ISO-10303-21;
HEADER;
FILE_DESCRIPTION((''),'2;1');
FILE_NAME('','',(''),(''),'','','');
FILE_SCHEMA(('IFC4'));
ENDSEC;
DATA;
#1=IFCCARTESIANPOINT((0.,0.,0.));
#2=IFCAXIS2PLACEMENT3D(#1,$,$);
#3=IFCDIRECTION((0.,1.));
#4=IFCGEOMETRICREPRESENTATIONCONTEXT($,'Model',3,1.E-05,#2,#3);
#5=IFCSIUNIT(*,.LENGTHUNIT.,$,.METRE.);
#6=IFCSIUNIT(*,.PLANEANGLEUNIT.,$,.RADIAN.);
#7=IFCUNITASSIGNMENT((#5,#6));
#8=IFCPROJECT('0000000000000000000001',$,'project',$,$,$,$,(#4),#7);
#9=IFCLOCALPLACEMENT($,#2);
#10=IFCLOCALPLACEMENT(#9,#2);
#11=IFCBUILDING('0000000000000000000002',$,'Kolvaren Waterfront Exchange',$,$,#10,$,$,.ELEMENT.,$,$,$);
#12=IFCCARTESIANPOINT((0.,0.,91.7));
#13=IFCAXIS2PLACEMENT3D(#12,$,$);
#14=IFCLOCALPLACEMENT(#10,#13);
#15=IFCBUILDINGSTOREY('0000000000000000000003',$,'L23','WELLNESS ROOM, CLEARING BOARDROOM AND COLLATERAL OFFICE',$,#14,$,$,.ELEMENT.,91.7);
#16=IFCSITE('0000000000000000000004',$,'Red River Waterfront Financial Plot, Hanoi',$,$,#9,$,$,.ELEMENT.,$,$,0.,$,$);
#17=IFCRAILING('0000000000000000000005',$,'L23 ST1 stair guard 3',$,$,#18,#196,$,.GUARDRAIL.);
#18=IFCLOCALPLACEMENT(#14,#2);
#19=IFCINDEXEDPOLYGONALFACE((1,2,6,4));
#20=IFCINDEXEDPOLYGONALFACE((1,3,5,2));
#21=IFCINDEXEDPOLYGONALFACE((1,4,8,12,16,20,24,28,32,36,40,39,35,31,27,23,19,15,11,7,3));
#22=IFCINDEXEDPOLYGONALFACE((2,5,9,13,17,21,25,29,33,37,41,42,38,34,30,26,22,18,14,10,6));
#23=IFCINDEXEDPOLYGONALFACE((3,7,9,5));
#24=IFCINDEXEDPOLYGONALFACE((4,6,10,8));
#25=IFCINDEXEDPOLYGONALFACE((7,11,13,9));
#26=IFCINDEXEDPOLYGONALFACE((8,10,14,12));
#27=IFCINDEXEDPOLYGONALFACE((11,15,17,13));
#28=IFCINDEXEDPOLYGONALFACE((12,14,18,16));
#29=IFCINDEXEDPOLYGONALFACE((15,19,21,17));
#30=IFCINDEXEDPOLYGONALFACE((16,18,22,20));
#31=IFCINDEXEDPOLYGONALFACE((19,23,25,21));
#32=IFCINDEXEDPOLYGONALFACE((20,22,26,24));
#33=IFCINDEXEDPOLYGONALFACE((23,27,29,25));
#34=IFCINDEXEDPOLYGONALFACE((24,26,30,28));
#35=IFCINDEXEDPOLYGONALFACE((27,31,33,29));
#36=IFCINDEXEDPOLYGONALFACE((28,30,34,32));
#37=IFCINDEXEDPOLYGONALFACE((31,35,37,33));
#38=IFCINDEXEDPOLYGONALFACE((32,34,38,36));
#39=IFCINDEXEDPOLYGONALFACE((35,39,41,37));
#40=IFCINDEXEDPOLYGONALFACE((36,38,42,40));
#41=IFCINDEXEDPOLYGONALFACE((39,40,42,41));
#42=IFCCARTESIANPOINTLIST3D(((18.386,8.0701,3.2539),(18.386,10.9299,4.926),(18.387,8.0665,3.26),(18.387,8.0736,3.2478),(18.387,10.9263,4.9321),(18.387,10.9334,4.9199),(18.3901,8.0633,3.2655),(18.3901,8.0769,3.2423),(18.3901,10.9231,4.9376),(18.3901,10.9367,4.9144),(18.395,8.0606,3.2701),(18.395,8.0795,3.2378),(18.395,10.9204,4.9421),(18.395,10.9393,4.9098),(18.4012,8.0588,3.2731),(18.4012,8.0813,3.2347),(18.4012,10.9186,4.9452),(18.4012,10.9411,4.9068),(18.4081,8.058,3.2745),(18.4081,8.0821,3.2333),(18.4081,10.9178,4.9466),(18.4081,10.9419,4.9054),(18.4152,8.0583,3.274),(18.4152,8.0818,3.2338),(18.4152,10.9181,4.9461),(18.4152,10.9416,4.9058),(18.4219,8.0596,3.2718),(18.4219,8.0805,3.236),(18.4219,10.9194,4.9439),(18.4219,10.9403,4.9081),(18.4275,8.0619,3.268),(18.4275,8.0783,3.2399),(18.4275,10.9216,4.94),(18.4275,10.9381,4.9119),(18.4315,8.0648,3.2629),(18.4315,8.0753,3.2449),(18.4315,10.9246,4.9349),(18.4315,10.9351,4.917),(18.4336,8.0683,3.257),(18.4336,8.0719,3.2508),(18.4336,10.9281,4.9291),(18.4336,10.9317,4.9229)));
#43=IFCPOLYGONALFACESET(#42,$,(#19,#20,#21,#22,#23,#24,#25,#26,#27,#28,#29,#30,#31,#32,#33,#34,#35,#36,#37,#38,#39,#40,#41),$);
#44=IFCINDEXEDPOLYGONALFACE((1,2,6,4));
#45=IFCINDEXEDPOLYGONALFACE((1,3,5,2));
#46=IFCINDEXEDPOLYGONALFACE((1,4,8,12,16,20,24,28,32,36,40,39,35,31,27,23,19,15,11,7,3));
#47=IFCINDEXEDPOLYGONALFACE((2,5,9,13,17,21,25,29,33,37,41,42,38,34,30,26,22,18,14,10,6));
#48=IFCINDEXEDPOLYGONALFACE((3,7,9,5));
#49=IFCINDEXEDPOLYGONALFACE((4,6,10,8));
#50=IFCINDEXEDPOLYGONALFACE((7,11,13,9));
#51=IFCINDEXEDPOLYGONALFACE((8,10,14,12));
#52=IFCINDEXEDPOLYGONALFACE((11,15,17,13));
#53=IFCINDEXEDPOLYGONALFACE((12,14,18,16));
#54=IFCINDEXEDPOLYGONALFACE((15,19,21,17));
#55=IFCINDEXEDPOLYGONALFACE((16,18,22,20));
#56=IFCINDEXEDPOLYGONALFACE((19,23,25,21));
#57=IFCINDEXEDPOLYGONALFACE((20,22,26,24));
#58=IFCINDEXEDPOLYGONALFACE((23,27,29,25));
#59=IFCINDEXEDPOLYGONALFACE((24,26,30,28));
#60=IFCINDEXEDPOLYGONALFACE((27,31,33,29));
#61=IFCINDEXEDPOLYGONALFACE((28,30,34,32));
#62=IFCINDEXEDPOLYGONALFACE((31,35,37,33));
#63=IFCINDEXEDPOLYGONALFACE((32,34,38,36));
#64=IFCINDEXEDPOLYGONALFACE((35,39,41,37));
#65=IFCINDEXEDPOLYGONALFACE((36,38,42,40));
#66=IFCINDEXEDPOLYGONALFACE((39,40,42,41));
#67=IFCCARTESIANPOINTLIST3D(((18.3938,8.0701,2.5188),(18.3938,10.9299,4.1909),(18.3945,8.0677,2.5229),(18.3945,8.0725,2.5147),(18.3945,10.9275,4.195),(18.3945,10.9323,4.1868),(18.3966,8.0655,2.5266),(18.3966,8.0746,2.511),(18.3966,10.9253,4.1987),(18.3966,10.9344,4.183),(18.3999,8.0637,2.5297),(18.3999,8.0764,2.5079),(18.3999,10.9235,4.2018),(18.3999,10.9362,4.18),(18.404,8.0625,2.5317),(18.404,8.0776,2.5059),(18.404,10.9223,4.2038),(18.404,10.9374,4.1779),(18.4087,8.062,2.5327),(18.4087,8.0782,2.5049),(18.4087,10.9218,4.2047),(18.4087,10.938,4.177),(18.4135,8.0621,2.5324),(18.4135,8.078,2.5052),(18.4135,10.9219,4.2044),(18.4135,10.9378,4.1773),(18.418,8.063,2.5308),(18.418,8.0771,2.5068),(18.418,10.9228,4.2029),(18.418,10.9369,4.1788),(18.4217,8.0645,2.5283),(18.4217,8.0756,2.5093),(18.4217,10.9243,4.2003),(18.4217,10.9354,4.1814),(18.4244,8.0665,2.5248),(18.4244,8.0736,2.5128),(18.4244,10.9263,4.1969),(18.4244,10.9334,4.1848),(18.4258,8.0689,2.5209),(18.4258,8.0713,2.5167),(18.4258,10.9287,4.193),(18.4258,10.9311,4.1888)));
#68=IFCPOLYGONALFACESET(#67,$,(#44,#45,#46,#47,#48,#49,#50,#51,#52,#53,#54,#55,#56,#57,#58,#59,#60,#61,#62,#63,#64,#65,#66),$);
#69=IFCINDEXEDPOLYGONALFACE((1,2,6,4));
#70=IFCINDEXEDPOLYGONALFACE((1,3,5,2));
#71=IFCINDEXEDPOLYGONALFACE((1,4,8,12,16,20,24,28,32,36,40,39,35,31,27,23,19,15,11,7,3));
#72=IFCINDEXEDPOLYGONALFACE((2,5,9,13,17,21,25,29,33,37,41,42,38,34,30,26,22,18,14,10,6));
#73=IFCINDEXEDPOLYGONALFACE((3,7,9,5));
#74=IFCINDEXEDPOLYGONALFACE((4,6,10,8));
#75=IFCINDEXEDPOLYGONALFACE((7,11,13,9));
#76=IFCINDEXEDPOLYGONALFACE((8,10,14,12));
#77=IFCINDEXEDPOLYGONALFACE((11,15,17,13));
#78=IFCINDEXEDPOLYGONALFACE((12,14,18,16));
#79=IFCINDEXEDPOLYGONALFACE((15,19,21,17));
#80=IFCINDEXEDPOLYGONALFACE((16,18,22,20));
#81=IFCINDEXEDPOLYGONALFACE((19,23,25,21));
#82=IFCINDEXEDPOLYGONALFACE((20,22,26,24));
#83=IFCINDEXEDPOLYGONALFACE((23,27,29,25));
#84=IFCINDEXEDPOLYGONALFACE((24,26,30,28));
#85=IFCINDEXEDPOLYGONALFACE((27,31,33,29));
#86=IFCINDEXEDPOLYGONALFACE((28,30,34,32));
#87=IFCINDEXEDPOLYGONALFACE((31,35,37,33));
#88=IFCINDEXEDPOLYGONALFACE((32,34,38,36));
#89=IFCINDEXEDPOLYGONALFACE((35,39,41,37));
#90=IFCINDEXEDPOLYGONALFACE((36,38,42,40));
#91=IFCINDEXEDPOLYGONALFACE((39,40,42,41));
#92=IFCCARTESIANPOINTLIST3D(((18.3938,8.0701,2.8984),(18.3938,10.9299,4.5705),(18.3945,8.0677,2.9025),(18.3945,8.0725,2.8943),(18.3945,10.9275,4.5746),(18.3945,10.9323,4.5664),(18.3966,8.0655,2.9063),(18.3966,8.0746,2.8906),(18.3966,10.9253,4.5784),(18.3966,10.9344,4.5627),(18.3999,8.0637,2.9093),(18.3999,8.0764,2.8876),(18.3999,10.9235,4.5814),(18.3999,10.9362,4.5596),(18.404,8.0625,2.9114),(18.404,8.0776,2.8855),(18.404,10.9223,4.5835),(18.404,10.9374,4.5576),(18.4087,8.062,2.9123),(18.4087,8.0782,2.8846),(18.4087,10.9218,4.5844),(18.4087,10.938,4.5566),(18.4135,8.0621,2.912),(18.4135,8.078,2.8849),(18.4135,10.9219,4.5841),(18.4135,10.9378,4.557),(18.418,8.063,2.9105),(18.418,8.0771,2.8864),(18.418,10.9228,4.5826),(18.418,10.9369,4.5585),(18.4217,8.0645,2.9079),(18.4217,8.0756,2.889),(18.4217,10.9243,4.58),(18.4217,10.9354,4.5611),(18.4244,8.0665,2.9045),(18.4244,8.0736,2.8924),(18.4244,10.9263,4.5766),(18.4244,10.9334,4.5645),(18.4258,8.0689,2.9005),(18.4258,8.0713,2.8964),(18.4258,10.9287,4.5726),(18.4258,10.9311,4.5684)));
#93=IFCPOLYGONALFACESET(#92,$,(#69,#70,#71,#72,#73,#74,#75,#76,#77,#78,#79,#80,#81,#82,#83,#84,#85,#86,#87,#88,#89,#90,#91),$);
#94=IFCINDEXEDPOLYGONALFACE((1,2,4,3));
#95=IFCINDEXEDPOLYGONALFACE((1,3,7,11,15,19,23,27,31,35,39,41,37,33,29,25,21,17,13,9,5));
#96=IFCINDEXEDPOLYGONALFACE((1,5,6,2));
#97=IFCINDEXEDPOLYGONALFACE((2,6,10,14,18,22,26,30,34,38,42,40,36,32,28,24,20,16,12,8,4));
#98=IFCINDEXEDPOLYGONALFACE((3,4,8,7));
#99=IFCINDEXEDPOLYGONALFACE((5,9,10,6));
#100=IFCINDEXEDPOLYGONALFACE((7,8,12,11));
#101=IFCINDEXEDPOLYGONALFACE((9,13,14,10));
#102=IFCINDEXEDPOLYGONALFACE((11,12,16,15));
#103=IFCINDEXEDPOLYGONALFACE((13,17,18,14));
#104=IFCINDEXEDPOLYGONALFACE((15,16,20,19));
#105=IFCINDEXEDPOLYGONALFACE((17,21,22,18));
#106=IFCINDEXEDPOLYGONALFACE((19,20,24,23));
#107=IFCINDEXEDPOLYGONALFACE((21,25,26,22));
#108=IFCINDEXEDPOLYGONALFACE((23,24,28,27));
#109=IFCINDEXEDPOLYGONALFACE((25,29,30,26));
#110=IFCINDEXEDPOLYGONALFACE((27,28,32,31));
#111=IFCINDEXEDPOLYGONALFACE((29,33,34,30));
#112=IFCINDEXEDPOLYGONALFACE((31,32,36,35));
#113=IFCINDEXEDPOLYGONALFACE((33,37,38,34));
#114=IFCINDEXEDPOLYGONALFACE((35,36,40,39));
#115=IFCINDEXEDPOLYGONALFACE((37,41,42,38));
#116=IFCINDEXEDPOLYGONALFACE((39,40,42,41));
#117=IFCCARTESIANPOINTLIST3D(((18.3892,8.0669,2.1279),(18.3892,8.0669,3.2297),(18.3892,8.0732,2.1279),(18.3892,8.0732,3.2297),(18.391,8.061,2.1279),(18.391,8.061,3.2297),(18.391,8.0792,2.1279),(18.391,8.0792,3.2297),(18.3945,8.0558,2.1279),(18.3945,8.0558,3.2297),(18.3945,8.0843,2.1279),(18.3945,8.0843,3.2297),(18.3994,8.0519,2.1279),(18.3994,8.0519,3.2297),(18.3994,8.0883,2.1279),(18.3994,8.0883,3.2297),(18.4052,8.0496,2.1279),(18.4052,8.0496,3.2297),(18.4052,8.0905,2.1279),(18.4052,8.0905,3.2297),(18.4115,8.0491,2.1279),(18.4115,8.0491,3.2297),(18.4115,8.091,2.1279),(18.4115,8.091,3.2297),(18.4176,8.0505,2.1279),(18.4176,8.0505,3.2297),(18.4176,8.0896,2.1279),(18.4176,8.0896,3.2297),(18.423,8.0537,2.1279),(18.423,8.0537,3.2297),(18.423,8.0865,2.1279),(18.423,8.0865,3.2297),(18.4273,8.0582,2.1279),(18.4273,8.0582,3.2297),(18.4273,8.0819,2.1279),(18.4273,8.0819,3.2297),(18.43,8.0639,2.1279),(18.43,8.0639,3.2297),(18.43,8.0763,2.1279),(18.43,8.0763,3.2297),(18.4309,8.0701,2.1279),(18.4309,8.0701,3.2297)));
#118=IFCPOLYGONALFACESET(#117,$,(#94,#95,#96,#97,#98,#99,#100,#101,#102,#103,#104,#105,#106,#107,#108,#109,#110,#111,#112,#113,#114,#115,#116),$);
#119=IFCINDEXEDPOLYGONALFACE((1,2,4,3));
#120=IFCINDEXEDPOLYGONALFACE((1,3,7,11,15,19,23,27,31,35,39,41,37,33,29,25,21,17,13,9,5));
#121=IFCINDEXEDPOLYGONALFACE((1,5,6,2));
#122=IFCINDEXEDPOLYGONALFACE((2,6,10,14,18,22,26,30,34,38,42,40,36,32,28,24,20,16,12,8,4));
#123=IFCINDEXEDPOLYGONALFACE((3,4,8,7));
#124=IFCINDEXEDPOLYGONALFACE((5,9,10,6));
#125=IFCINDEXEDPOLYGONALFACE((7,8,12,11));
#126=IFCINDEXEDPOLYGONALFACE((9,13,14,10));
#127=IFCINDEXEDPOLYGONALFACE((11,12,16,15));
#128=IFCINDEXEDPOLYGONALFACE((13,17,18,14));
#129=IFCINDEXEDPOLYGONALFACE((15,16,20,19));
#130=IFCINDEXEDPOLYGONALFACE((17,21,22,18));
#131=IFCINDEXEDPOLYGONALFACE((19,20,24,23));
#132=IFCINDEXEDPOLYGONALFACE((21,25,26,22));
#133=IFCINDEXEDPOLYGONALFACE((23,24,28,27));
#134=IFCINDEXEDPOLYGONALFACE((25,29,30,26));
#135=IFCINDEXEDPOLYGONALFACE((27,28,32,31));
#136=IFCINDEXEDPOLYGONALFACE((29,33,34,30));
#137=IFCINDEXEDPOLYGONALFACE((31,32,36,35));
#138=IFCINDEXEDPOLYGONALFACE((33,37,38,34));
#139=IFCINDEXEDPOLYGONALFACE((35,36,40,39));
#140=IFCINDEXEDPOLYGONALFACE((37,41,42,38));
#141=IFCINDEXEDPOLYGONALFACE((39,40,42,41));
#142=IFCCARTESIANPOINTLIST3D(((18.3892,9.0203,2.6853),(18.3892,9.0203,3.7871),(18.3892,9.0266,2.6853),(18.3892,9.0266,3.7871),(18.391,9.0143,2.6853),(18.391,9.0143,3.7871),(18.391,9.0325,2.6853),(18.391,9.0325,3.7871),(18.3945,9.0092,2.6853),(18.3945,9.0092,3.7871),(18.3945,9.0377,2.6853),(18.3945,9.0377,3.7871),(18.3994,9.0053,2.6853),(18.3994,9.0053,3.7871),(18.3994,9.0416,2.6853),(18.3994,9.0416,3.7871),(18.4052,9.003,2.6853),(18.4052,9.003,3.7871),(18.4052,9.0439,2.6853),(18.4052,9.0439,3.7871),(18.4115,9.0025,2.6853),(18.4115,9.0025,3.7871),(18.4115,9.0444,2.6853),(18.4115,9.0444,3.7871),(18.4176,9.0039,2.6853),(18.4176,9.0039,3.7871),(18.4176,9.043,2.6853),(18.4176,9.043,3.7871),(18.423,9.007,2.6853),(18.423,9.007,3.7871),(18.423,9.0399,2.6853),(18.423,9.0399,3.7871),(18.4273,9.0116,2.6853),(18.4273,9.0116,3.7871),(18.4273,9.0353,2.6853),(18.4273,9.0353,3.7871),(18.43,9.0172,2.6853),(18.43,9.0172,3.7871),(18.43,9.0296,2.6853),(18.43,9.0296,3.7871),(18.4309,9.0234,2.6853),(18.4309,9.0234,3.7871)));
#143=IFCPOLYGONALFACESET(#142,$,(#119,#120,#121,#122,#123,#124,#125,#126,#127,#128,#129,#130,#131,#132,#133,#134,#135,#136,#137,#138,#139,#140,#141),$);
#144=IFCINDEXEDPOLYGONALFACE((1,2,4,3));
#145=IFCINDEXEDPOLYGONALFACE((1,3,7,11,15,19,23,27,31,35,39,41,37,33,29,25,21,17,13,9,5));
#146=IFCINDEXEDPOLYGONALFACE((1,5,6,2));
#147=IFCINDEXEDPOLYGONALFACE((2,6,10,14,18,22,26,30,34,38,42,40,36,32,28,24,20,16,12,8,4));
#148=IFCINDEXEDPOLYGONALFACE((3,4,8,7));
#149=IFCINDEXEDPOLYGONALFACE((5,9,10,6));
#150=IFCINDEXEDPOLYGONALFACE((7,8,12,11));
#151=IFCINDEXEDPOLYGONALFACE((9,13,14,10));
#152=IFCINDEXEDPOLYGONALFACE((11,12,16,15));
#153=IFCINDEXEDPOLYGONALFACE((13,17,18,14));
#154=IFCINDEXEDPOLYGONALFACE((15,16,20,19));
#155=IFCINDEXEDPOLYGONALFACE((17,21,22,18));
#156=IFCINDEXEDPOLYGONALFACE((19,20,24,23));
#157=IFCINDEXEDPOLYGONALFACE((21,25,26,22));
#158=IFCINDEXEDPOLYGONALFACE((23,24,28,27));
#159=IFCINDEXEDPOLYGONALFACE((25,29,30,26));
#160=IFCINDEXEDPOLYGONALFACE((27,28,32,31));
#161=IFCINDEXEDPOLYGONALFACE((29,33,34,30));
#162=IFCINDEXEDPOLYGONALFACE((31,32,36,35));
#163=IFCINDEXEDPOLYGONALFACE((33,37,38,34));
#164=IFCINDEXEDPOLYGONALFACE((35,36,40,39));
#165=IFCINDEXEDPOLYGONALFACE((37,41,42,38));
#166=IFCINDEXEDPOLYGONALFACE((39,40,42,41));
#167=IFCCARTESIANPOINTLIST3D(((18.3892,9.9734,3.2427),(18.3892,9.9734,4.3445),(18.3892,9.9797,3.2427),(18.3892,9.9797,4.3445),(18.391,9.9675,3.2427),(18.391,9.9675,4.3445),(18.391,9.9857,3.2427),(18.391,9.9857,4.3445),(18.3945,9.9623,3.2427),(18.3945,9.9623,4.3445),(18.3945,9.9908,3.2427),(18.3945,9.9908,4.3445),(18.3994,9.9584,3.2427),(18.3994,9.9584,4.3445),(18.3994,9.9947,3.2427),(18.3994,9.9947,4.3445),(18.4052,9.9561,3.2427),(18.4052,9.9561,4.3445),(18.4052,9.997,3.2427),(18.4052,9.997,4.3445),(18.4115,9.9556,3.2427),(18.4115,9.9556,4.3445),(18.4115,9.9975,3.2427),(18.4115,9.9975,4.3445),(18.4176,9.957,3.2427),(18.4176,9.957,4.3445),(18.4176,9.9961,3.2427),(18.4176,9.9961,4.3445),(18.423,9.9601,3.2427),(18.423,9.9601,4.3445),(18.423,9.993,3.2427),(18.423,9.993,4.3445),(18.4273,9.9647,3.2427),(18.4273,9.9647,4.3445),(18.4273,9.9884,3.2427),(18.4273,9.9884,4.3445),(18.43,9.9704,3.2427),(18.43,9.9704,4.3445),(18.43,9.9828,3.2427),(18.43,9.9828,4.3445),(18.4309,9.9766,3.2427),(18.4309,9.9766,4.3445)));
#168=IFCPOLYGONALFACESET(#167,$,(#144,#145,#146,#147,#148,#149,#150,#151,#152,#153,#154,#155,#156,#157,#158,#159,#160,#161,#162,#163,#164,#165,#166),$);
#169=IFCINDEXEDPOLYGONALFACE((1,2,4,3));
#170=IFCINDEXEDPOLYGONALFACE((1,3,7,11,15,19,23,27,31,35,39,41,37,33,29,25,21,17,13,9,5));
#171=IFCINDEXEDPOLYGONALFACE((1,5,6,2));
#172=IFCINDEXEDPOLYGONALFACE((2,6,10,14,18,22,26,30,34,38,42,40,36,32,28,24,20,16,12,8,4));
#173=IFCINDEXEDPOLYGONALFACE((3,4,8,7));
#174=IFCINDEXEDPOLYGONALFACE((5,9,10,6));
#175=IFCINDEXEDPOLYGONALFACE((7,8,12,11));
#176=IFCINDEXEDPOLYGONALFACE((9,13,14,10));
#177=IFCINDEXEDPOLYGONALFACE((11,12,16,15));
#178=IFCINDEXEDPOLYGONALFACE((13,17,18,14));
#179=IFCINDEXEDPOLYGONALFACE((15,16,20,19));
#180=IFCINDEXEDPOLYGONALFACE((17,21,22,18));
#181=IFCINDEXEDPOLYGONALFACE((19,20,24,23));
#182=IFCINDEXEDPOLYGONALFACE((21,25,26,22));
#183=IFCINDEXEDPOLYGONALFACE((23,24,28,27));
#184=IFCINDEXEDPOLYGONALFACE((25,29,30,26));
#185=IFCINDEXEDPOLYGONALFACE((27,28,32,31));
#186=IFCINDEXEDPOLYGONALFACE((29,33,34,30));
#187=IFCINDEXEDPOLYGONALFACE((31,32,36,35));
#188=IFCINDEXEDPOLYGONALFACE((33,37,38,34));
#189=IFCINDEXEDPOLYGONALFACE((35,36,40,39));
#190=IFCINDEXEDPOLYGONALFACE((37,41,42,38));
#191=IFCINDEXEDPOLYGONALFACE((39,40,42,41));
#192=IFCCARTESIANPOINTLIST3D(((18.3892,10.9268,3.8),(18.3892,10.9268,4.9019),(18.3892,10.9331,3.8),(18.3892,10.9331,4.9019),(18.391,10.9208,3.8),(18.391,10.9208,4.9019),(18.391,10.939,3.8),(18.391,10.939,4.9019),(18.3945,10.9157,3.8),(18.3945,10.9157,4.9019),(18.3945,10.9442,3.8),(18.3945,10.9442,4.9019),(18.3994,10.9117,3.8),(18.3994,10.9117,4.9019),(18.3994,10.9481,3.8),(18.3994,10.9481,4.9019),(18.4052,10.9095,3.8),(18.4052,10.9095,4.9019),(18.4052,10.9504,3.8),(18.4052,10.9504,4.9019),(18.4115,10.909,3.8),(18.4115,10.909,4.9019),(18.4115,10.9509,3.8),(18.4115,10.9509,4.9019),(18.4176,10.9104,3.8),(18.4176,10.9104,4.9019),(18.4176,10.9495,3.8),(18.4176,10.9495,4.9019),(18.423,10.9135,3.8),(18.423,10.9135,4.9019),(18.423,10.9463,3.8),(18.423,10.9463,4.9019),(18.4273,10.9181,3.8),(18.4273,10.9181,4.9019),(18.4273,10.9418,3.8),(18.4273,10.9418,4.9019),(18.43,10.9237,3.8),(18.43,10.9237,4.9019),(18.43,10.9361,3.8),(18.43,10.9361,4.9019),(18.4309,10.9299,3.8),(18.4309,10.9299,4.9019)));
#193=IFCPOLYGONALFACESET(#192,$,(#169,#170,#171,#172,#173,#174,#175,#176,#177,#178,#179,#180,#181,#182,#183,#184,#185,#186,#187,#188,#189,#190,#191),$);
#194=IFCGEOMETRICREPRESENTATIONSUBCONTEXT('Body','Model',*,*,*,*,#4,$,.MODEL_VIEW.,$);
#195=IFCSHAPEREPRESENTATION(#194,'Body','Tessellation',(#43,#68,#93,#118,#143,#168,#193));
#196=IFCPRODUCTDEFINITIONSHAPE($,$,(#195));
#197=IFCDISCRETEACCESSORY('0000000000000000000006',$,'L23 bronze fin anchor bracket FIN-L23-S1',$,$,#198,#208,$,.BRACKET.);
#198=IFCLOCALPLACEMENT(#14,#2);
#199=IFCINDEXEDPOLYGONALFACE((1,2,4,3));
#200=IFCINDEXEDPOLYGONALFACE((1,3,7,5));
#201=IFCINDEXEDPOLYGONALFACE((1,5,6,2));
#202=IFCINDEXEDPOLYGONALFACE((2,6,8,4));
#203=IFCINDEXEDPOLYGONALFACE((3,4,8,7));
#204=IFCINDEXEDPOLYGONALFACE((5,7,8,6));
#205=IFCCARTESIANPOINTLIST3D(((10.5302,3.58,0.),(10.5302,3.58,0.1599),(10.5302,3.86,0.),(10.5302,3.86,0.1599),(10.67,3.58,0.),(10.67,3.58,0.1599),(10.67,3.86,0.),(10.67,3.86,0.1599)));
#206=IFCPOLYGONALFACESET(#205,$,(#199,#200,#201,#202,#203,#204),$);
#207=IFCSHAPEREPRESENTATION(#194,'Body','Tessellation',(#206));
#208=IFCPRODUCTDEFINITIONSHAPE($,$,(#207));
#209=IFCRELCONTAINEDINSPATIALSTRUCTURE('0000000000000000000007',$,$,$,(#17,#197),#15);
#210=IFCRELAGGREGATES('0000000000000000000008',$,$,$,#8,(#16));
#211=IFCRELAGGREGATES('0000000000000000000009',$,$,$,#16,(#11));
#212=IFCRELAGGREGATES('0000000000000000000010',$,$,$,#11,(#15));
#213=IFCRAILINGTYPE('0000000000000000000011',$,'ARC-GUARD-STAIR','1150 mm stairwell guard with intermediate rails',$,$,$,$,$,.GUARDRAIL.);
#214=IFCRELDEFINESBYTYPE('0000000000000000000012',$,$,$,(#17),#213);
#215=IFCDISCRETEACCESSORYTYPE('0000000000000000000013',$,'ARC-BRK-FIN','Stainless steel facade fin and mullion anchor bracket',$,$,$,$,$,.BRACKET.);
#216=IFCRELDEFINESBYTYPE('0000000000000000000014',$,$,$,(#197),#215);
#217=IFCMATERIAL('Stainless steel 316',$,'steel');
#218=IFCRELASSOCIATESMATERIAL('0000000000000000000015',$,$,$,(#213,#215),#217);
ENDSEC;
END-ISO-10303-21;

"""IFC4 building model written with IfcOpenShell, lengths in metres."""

from ifc_helpers import new_model, si_unit, direction, frame, origin, origin_with_axes, origin_2d, place, context, subcontext, project, spatial, rectangle, circle, extrude, source, transform, mapped, material, type_object, element, save


model = new_model("IFC4")

# Units and contexts
model_context = context("Model", 3, precision=1e-05, world=origin(), true_north=direction((0.0, 1.0)))
body_context = subcontext(model_context, "Body", "Model", "MODEL_VIEW")
ifc_project = project(units=[si_unit("LENGTHUNIT", "METRE"), si_unit("PLANEANGLEUNIT", "RADIAN")], contexts=[model_context])

# Site, building, storey
site_placement = place(None, origin())
site = spatial("IfcSite", under=ifc_project, at=site_placement, Name="Red River Waterfront Financial Plot, Hanoi", CompositionType="ELEMENT", RefElevation=0.0)
building_placement = place(site_placement, origin())
building = spatial("IfcBuilding", under=site, at=building_placement, Name="Kolvaren Waterfront Exchange", CompositionType="ELEMENT")
storey_placement = place(building_placement, frame((0.0, 0.0, 91.7)))
storey = spatial("IfcBuildingStorey", under=building, at=storey_placement, Name="L23", Description="WELLNESS ROOM, CLEARING BOARDROOM AND COLLATERAL OFFICE", CompositionType="ELEMENT", Elevation=91.7)

# Railing
ifc_material_1 = material(Name="Stainless steel 316", Category="steel")
railing_type = type_object("IfcRailingType", Name="ARC-GUARD-STAIR", Description="1150 mm stairwell guard with intermediate rails", PredefinedType="GUARDRAIL", material=ifc_material_1)
railing_1_placement = place(storey_placement, frame((18.4099, 8.0701, 2.1279)))
element("IfcRailing", 1, at=railing_1_placement, inside=storey, type_object=railing_type, Name="L23 ST1 stair guard 3", PredefinedType="GUARDRAIL", context=body_context, shape_type="SweptSolid", body=[
    extrude(circle(Radius=0.0239, at=origin_2d()), frame((0.0, 0.0, 1.126), z_axis=(0.0, 0.863271, 0.504741), x_axis=(-1.0, 0.0, 0.0)), (0.0, 0.0, 1.0), 3.3127),
    extrude(circle(Radius=0.0161, at=origin_2d()), frame((0.0, 0.0, 0.3909), z_axis=(0.0, 0.863271, 0.504741), x_axis=(-1.0, 0.0, 0.0)), (0.0, 0.0, 1.0), 3.3127),
    extrude(circle(Radius=0.0161, at=origin_2d()), frame((0.0, 0.0, 0.7705), z_axis=(0.0, 0.863271, 0.504741), x_axis=(-1.0, 0.0, 0.0)), (0.0, 0.0, 1.0), 3.3127),
    extrude(circle(Radius=0.021, at=origin_2d()), origin(), (0.0, 0.0, 1.0), 1.1018),
    extrude(circle(Radius=0.021, at=origin_2d()), frame((0.0, 0.9534, 0.5574)), (0.0, 0.0, 1.0), 1.1018),
    extrude(circle(Radius=0.021, at=origin_2d()), frame((0.0, 1.9065, 1.1147)), (0.0, 0.0, 1.0), 1.1018),
    extrude(circle(Radius=0.021, at=origin_2d()), frame((0.0, 2.8599, 1.6721)), (0.0, 0.0, 1.0), 1.1018),
])

# Discrete accessory
discrete_accessory_type = type_object("IfcDiscreteAccessoryType", Name="ARC-BRK-FIN", Description="Stainless steel facade fin and mullion anchor bracket", PredefinedType="BRACKET", material=ifc_material_1)
shared_shape_1 = source(origin_with_axes(), body_context, "Body", "SweptSolid", [
    extrude(rectangle(XDim=0.28, YDim=0.1399, at=origin_2d()), origin(), (0.0, 0.0, 1.0), 0.1599),
])
discrete_accessory_placement = place(storey_placement, frame((10.6001, 3.72, 0.0), z_axis=(0.0, 0.0, 1.0), x_axis=(0.0, -1.0, 0.0)))
element("IfcDiscreteAccessory", 2, at=discrete_accessory_placement, inside=storey, type_object=discrete_accessory_type, Name="L23 bronze fin anchor bracket FIN-L23-S1", PredefinedType="BRACKET", context=body_context, shape_type="MappedRepresentation", body=[
    mapped(shared_shape_1, transform((0.0, 0.0, 0.0), x_axis=(1.0, 0.0, 0.0), y_axis=(0.0, 1.0, 0.0), z_axis=(0.0, 0.0, 1.0), scale=1.0)),
])

save(model, "model.ifc")
